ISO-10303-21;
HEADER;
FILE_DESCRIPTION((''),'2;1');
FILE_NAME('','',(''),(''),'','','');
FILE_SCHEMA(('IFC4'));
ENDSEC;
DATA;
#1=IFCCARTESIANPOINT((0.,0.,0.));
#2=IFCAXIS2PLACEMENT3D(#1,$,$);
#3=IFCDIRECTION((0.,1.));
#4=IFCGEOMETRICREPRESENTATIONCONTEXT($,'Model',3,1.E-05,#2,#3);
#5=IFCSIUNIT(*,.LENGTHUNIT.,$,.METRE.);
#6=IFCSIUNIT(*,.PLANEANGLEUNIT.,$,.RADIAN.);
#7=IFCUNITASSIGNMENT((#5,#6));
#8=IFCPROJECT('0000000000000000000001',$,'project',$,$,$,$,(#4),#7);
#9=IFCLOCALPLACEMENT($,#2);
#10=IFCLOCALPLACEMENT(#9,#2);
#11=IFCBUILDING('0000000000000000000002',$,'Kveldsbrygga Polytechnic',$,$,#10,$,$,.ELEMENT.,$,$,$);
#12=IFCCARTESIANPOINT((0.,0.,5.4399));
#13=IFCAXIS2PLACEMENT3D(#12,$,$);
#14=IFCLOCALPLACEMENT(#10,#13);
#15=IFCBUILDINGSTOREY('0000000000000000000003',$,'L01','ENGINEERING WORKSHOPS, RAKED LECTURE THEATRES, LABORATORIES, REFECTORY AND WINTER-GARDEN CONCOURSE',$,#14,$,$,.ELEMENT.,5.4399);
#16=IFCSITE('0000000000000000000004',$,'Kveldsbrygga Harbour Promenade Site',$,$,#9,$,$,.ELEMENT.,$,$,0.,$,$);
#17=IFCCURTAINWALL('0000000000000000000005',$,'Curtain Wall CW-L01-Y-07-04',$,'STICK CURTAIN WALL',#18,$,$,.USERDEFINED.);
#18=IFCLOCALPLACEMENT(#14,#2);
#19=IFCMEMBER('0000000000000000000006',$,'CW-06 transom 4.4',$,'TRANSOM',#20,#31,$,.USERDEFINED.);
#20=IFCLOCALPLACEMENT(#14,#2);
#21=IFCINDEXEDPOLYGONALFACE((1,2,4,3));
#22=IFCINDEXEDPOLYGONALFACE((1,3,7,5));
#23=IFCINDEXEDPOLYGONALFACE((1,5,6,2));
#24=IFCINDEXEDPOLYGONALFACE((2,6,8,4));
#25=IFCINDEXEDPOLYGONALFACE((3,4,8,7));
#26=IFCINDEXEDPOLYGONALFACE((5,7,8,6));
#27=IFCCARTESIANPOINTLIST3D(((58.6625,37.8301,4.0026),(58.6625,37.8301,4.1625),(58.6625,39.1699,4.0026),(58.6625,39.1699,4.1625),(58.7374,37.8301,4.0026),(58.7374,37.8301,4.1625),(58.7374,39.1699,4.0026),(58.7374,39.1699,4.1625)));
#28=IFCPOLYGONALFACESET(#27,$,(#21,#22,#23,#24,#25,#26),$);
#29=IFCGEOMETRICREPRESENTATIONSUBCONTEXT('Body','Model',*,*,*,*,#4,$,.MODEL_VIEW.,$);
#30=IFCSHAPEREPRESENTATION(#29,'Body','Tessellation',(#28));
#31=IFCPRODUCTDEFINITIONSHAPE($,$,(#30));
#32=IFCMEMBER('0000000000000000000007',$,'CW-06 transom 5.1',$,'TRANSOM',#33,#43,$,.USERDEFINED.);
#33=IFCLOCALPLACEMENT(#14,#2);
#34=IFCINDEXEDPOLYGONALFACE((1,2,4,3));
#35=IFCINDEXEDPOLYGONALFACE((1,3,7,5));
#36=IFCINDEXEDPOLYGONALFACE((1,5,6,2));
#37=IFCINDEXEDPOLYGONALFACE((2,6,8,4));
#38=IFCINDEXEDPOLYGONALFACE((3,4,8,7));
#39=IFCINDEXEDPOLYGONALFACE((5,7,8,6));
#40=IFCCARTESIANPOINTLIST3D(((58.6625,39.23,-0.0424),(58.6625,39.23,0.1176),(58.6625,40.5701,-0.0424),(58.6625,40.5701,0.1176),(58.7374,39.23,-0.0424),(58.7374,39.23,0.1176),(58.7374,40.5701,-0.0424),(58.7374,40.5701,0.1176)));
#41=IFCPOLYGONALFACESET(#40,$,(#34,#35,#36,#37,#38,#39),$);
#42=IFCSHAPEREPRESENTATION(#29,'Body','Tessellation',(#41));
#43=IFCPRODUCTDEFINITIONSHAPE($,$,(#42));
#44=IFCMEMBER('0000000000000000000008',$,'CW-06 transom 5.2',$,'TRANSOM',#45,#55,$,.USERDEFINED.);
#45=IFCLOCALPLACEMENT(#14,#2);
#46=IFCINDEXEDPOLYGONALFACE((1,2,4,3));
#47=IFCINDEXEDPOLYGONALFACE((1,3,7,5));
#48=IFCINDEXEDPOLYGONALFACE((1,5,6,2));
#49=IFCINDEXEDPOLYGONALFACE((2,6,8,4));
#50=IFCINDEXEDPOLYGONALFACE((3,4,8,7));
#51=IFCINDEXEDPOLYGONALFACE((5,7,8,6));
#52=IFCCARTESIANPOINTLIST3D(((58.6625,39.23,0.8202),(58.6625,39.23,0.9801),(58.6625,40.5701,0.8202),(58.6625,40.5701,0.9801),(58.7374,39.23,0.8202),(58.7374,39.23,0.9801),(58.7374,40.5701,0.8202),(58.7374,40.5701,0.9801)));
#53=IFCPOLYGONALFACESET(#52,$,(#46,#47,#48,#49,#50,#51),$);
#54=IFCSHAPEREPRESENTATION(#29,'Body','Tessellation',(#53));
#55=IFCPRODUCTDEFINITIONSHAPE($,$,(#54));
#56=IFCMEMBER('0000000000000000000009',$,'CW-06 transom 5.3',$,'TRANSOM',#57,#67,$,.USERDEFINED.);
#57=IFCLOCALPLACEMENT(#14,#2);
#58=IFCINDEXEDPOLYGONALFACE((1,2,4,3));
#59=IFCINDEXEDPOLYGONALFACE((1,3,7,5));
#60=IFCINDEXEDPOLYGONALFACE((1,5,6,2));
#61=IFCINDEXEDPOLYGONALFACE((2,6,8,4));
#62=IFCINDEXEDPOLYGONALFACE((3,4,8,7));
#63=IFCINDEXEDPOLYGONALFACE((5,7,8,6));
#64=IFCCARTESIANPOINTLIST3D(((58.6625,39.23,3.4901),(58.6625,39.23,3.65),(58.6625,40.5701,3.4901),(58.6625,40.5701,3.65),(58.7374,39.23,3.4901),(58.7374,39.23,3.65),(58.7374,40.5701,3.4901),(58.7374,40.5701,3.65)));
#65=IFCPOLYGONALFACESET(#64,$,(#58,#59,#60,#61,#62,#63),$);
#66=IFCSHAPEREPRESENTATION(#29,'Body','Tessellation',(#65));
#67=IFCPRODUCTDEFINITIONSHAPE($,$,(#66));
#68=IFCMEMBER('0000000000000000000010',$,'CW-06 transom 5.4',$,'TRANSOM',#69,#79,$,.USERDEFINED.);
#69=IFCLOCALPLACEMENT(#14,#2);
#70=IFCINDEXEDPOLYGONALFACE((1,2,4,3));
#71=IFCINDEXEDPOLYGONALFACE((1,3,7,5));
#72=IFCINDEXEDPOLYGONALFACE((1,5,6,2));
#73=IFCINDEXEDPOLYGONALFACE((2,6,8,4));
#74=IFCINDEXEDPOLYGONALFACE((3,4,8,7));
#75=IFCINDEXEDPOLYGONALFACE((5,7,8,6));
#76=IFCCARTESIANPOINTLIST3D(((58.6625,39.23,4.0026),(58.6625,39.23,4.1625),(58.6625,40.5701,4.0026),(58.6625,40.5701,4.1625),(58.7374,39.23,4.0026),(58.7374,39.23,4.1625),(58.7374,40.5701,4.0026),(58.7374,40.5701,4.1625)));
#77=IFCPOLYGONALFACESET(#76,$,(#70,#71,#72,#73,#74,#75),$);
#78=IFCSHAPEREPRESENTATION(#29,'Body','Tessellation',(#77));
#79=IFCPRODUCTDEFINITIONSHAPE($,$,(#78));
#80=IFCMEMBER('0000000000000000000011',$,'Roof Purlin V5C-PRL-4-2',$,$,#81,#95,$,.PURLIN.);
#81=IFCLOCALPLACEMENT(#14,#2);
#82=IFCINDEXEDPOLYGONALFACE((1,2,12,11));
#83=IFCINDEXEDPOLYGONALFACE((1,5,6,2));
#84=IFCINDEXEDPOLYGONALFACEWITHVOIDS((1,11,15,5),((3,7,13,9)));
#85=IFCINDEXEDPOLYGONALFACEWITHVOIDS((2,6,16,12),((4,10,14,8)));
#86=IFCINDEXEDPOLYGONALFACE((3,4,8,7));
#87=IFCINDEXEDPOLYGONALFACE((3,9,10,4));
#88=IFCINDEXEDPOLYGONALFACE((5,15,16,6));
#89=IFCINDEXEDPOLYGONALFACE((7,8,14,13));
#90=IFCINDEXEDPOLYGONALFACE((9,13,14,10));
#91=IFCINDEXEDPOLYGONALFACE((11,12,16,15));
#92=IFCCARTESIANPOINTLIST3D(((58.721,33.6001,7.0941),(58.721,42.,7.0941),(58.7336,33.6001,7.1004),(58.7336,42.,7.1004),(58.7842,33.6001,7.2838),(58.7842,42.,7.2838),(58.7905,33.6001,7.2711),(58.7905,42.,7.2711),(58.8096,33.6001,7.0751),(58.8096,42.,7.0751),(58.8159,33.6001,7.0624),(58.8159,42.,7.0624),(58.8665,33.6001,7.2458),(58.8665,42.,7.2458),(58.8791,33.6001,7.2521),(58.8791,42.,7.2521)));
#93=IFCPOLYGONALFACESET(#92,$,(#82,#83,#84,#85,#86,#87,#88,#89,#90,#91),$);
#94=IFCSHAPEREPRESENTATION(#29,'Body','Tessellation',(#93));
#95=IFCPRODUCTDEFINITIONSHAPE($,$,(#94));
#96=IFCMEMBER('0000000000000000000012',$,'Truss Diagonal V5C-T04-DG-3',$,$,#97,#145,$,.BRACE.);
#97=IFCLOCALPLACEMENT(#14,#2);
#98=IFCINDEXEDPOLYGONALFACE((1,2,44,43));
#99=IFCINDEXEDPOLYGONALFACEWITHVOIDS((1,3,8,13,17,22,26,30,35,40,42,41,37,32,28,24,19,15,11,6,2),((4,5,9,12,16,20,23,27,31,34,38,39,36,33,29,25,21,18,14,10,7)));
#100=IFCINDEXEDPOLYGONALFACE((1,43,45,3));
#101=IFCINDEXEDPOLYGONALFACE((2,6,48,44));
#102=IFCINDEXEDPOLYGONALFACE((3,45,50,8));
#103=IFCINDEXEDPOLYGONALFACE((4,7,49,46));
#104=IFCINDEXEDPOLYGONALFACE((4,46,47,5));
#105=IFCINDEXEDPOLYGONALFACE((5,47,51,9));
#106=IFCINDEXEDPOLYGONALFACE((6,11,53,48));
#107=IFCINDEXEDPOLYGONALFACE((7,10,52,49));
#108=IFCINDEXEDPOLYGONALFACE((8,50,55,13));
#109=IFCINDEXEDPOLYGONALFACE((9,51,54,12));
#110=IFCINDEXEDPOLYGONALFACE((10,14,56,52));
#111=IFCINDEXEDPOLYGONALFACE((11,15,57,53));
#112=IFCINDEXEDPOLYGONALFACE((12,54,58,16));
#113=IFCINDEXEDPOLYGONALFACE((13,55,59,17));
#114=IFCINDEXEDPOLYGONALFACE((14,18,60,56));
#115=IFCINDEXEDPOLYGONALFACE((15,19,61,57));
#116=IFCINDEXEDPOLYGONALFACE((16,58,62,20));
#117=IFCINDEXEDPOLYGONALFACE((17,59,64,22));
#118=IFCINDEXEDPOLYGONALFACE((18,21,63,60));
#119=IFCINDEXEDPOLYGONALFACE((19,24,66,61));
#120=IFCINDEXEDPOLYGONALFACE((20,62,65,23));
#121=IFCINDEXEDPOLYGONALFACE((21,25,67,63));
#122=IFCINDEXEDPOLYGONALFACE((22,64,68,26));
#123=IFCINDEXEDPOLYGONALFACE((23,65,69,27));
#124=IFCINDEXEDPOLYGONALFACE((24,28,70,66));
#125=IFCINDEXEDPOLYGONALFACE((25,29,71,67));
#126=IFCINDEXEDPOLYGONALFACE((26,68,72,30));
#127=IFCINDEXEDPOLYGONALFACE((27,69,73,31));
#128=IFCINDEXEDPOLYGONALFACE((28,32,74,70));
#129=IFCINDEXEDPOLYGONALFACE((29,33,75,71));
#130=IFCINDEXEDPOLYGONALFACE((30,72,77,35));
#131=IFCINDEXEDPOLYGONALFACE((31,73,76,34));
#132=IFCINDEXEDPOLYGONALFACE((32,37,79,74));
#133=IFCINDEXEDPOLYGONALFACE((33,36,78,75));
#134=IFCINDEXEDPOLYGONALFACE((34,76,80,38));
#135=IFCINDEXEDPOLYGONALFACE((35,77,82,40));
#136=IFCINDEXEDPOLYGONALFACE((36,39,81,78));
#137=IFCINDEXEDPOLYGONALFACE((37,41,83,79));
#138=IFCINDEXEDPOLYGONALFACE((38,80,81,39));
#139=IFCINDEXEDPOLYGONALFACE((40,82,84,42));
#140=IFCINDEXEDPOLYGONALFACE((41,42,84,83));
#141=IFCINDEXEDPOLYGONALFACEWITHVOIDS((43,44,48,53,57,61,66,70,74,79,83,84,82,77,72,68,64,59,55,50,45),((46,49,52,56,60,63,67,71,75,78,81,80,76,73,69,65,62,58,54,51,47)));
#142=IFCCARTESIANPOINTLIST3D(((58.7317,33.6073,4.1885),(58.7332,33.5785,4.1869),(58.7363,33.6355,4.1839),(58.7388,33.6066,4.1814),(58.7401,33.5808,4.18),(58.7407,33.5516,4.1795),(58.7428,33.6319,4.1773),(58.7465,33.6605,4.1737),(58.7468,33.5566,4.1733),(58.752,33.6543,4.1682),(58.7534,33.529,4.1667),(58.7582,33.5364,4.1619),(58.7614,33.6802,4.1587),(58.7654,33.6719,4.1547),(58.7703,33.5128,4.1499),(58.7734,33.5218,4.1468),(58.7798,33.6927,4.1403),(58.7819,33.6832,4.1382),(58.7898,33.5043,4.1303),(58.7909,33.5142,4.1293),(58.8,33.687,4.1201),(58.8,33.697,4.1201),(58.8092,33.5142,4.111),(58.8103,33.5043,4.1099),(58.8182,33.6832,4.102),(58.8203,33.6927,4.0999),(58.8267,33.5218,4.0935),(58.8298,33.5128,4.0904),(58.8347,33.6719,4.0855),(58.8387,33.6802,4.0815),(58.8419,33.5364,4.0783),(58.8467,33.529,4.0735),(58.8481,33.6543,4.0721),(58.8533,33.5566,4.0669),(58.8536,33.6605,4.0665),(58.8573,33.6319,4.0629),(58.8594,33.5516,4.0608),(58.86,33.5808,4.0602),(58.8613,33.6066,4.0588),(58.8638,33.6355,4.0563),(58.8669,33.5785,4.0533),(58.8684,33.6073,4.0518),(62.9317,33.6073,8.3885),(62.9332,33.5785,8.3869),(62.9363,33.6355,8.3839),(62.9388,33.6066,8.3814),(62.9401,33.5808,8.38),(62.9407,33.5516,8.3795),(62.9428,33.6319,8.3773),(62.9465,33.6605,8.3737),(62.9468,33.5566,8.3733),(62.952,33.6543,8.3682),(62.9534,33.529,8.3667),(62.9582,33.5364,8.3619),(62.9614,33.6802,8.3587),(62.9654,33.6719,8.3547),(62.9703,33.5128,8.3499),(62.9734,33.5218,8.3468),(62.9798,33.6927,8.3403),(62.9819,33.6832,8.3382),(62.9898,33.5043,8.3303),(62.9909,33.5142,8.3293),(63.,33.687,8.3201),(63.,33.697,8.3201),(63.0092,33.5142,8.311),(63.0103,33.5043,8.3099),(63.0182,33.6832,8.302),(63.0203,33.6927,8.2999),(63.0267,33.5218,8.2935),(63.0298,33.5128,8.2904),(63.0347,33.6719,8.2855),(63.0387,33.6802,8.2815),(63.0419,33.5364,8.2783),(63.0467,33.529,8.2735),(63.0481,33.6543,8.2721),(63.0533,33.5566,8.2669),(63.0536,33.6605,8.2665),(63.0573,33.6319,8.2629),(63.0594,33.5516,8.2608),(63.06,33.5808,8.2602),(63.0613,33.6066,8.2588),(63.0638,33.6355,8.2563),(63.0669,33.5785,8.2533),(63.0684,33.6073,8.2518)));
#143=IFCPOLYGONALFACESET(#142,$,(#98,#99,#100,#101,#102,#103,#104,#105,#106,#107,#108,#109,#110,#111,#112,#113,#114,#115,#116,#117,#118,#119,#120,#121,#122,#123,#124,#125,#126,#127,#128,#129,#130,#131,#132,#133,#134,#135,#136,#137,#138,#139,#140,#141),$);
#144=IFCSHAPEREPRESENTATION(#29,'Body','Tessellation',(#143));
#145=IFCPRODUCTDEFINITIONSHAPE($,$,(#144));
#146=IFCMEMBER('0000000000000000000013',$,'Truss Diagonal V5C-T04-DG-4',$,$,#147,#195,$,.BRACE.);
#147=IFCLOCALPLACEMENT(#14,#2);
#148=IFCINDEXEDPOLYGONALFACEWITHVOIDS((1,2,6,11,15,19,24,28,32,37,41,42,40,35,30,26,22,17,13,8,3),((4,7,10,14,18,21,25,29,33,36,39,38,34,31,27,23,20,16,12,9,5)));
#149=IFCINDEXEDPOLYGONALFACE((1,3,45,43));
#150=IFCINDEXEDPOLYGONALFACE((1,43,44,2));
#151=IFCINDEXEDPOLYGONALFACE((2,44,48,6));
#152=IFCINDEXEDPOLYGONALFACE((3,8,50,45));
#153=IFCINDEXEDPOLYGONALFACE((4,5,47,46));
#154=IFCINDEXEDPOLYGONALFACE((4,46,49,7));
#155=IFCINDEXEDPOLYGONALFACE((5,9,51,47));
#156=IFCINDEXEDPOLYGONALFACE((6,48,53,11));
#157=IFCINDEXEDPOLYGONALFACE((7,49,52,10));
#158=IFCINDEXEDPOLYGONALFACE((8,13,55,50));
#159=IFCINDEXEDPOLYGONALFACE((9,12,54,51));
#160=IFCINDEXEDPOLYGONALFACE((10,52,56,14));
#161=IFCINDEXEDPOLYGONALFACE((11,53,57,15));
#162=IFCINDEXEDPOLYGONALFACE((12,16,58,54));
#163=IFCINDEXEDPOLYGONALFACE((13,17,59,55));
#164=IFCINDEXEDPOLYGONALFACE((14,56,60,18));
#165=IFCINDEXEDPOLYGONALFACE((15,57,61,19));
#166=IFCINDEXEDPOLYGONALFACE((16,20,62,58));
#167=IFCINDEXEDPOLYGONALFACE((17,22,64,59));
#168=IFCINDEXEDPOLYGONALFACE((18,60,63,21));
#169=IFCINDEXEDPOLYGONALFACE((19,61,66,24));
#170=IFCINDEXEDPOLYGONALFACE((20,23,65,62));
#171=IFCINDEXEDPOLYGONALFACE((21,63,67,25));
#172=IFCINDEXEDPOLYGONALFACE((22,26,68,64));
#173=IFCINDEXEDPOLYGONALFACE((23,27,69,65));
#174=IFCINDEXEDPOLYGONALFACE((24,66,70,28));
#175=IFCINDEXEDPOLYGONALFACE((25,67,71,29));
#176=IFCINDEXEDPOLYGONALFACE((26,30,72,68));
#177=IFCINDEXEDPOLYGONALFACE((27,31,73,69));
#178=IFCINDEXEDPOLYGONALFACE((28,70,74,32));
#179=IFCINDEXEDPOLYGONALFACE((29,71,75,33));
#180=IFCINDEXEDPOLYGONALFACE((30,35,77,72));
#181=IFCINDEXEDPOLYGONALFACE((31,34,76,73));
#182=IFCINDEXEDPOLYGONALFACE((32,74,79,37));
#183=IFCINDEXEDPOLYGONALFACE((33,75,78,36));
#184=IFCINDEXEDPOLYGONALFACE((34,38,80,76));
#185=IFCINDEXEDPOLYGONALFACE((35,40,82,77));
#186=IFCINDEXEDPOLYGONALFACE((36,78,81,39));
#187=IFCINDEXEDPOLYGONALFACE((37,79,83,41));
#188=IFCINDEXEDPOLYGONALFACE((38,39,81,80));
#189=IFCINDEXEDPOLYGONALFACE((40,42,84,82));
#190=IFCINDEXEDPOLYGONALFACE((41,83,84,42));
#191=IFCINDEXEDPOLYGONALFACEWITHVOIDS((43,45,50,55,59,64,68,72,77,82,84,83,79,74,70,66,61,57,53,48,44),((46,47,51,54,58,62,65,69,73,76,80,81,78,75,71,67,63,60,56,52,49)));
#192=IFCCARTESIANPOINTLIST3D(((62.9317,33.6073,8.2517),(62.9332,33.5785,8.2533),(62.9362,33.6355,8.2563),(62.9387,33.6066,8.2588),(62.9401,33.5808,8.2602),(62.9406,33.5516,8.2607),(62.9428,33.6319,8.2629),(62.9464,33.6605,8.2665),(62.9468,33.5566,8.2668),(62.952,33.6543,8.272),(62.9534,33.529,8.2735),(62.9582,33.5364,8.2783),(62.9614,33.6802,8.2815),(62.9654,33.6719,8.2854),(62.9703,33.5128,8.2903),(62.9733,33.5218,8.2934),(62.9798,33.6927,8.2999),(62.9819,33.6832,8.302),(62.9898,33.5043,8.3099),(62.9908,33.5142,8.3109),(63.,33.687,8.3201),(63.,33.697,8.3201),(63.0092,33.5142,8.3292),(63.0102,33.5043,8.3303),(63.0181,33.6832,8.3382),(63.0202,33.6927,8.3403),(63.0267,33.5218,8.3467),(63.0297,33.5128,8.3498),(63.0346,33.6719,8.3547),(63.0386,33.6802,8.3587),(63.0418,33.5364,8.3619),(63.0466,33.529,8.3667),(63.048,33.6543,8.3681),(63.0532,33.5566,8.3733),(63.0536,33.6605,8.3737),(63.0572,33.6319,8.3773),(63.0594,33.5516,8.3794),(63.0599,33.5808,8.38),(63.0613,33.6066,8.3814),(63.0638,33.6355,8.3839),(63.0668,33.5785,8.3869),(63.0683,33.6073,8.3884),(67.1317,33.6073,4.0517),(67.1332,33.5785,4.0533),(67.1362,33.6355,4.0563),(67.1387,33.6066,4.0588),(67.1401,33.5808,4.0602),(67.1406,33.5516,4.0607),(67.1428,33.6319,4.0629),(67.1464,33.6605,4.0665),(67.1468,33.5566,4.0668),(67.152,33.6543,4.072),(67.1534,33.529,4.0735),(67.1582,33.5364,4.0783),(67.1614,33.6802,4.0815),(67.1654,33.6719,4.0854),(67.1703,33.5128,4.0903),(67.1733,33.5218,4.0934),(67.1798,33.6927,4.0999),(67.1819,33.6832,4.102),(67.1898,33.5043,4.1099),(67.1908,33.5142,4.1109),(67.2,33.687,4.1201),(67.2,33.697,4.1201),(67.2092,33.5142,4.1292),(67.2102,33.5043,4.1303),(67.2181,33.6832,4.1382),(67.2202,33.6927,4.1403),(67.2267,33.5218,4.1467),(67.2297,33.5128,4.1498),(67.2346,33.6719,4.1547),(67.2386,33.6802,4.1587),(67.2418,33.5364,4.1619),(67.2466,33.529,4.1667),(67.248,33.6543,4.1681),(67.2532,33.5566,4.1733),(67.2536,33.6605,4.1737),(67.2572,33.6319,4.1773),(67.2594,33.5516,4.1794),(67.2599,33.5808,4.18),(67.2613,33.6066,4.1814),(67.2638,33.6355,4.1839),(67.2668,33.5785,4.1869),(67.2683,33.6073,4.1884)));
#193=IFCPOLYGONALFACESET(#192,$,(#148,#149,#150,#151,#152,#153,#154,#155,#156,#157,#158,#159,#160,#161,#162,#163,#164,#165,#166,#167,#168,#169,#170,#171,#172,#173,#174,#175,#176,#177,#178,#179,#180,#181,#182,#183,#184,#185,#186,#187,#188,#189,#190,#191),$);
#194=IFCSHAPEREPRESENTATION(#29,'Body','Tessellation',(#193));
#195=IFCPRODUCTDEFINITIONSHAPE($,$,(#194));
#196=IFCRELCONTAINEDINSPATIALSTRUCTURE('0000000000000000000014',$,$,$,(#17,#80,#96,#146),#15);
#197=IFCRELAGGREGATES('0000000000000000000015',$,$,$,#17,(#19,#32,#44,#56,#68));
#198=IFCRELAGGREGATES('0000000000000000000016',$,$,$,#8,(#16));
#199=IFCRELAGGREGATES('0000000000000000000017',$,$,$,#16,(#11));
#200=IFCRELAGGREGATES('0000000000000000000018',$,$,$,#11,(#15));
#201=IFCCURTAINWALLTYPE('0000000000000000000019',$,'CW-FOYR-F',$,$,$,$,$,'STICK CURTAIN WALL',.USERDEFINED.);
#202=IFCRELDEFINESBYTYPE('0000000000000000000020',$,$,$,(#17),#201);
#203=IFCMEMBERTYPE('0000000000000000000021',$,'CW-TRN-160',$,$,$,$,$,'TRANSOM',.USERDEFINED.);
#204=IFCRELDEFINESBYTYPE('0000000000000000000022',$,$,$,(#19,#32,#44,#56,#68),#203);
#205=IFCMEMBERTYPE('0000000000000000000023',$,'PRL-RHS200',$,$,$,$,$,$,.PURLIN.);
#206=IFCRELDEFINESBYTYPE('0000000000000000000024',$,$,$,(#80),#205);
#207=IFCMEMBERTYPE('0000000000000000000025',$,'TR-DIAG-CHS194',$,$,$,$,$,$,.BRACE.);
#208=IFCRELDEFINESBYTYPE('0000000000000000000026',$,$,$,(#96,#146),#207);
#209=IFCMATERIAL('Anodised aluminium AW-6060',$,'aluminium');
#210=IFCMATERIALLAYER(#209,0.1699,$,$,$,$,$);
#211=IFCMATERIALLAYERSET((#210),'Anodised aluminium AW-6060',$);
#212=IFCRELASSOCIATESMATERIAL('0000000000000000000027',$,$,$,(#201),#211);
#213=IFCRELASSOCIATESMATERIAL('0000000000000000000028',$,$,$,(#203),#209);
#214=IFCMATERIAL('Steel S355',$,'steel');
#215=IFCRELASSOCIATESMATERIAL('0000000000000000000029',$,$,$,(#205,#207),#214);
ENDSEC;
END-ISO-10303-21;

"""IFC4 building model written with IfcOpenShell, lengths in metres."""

from ifc_helpers import new_model, si_unit, direction, frame, origin, origin_2d, place, context, subcontext, project, spatial, rectangle, hollow_rectangle, hollow_circle, extrude, material, layer, layer_set, material_profile, profile_set, type_object, element, aggregate, save


model = new_model("IFC4")

# Units and contexts
model_context = context("Model", 3, precision=1e-05, world=origin(), true_north=direction((0.0, 1.0)))
body_context = subcontext(model_context, "Body", "Model", "MODEL_VIEW")
ifc_project = project(units=[si_unit("LENGTHUNIT", "METRE"), si_unit("PLANEANGLEUNIT", "RADIAN")], contexts=[model_context])

# Site, building, storey
site_placement = place(None, origin())
site = spatial("IfcSite", under=ifc_project, at=site_placement, Name="Kveldsbrygga Harbour Promenade Site", CompositionType="ELEMENT", RefElevation=0.0)
building_placement = place(site_placement, origin())
building = spatial("IfcBuilding", under=site, at=building_placement, Name="Kveldsbrygga Polytechnic", CompositionType="ELEMENT")
storey_placement = place(building_placement, frame((0.0, 0.0, 5.4399)))
storey = spatial("IfcBuildingStorey", under=building, at=storey_placement, Name="L01", Description="ENGINEERING WORKSHOPS, RAKED LECTURE THEATRES, LABORATORIES, REFECTORY AND WINTER-GARDEN CONCOURSE", CompositionType="ELEMENT", Elevation=5.4399)

# Curtain wall, members
ifc_material_1 = material(Name="Anodised aluminium AW-6060", Category="aluminium")
ifc_layer_1 = layer(ifc_material_1, 0.1699)
ifc_layer_set_1 = layer_set([ifc_layer_1], Name="Anodised aluminium AW-6060")
curtain_wall_type = type_object("IfcCurtainWallType", Name="CW-FOYR-F", ElementType="STICK CURTAIN WALL", PredefinedType="USERDEFINED", material=ifc_layer_set_1)
curtain_wall_placement = place(storey_placement, origin())
curtain_wall = element("IfcCurtainWall", 1, at=curtain_wall_placement, inside=storey, type_object=curtain_wall_type, Name="Curtain Wall CW-L01-Y-07-04", ObjectType="STICK CURTAIN WALL", PredefinedType="USERDEFINED")
ifc_material_profile_1 = material_profile(ifc_material_1, rectangle(XDim=0.075, YDim=0.1599, at=origin_2d()), Name="ALU 75x160")
ifc_profile_set_1 = profile_set([ifc_material_profile_1], Name="Anodised aluminium AW-6060")
member_type_1 = type_object("IfcMemberType", Name="CW-TRN-160", ElementType="TRANSOM", PredefinedType="USERDEFINED", material=ifc_profile_set_1)
member_1_placement = place(storey_placement, frame((58.7, 37.8301, 4.0825), z_axis=(0.0, 1.0, 0.0), x_axis=(-1.0, 0.0, 0.0)))
member_1 = element("IfcMember", 2, at=member_1_placement, type_object=member_type_1, Name="CW-06 transom 4.4", ObjectType="TRANSOM", PredefinedType="USERDEFINED", context=body_context, shape_type="SweptSolid", body=[
    extrude(rectangle(XDim=0.075, YDim=0.1599, at=origin_2d()), origin(), (0.0, 0.0, 1.0), 1.3398),
])
member_2_placement = place(storey_placement, frame((58.7, 39.23, 0.0376), z_axis=(0.0, 1.0, 0.0), x_axis=(-1.0, 0.0, 0.0)))
member_2 = element("IfcMember", 3, at=member_2_placement, type_object=member_type_1, Name="CW-06 transom 5.1", ObjectType="TRANSOM", PredefinedType="USERDEFINED", context=body_context, shape_type="SweptSolid", body=[
    extrude(rectangle(XDim=0.075, YDim=0.1599, at=origin_2d()), origin(), (0.0, 0.0, 1.0), 1.3401),
])
member_3_placement = place(storey_placement, frame((58.7, 39.23, 0.9001), z_axis=(0.0, 1.0, 0.0), x_axis=(-1.0, 0.0, 0.0)))
member_3 = element("IfcMember", 4, at=member_3_placement, type_object=member_type_1, Name="CW-06 transom 5.2", ObjectType="TRANSOM", PredefinedType="USERDEFINED", context=body_context, shape_type="SweptSolid", body=[
    extrude(rectangle(XDim=0.075, YDim=0.1599, at=origin_2d()), origin(), (0.0, 0.0, 1.0), 1.3401),
])
member_4_placement = place(storey_placement, frame((58.7, 39.23, 3.5701), z_axis=(0.0, 1.0, 0.0), x_axis=(-1.0, 0.0, 0.0)))
member_4 = element("IfcMember", 5, at=member_4_placement, type_object=member_type_1, Name="CW-06 transom 5.3", ObjectType="TRANSOM", PredefinedType="USERDEFINED", context=body_context, shape_type="SweptSolid", body=[
    extrude(rectangle(XDim=0.075, YDim=0.1599, at=origin_2d()), origin(), (0.0, 0.0, 1.0), 1.3401),
])
member_5_placement = place(storey_placement, frame((58.7, 39.23, 4.0825), z_axis=(0.0, 1.0, 0.0), x_axis=(-1.0, 0.0, 0.0)))
member_5 = element("IfcMember", 6, at=member_5_placement, type_object=member_type_1, Name="CW-06 transom 5.4", ObjectType="TRANSOM", PredefinedType="USERDEFINED", context=body_context, shape_type="SweptSolid", body=[
    extrude(rectangle(XDim=0.075, YDim=0.1599, at=origin_2d()), origin(), (0.0, 0.0, 1.0), 1.3401),
])

# Members
ifc_material_2 = material(Name="Steel S355", Category="steel")
ifc_material_profile_2 = material_profile(ifc_material_2, hollow_rectangle(XDim=0.1001, YDim=0.2, WallThickness=0.01, at=origin_2d()), Name="RHS 200x100x10.0")
ifc_profile_set_2 = profile_set([ifc_material_profile_2], Name="Steel S355")
member_type_2 = type_object("IfcMemberType", Name="PRL-RHS200", PredefinedType="PURLIN", material=ifc_profile_set_2)
member_6_placement = place(storey_placement, frame((58.8, 33.6001, 7.1731), z_axis=(0.0, 1.0, 0.0), x_axis=(-0.948684, 0.0, 0.316227)))
element("IfcMember", 7, at=member_6_placement, inside=storey, type_object=member_type_2, Name="Roof Purlin V5C-PRL-4-2", PredefinedType="PURLIN", context=body_context, shape_type="SweptSolid", body=[
    extrude(hollow_rectangle(XDim=0.1001, YDim=0.2, WallThickness=0.01, at=origin_2d()), origin(), (0.0, 0.0, 1.0), 8.3999),
])
ifc_material_profile_3 = material_profile(ifc_material_2, hollow_circle(Radius=0.0969, WallThickness=0.01, at=origin_2d()), Name="CHS 193.7x10.0")
ifc_profile_set_3 = profile_set([ifc_material_profile_3], Name="Steel S355")
member_type_3 = type_object("IfcMemberType", Name="TR-DIAG-CHS194", PredefinedType="BRACE", material=ifc_profile_set_3)
for number, where, z_axis, x_axis, name in (
    (8, (58.8, 33.6001, 4.1201), (0.707107, 0.0, 0.707107), (0.0, 1.0, 0.0), "Truss Diagonal V5C-T04-DG-3"),
    (9, (63.0, 33.6001, 8.3201), (0.707107, 0.0, -0.707107), (0.0, 1.0, 0.0), "Truss Diagonal V5C-T04-DG-4"),
):
    element("IfcMember", number, at=place(storey_placement, frame(where, z_axis=z_axis, x_axis=x_axis)), inside=storey, type_object=member_type_3, Name=name, PredefinedType="BRACE", context=body_context, shape_type="SweptSolid", body=[
        extrude(hollow_circle(Radius=0.0969, WallThickness=0.01, at=origin_2d()), origin(), (0.0, 0.0, 1.0), 5.9397),
    ])

aggregate(curtain_wall, [member_1, member_2, member_3, member_4, member_5])

save(model, "model.ifc")
